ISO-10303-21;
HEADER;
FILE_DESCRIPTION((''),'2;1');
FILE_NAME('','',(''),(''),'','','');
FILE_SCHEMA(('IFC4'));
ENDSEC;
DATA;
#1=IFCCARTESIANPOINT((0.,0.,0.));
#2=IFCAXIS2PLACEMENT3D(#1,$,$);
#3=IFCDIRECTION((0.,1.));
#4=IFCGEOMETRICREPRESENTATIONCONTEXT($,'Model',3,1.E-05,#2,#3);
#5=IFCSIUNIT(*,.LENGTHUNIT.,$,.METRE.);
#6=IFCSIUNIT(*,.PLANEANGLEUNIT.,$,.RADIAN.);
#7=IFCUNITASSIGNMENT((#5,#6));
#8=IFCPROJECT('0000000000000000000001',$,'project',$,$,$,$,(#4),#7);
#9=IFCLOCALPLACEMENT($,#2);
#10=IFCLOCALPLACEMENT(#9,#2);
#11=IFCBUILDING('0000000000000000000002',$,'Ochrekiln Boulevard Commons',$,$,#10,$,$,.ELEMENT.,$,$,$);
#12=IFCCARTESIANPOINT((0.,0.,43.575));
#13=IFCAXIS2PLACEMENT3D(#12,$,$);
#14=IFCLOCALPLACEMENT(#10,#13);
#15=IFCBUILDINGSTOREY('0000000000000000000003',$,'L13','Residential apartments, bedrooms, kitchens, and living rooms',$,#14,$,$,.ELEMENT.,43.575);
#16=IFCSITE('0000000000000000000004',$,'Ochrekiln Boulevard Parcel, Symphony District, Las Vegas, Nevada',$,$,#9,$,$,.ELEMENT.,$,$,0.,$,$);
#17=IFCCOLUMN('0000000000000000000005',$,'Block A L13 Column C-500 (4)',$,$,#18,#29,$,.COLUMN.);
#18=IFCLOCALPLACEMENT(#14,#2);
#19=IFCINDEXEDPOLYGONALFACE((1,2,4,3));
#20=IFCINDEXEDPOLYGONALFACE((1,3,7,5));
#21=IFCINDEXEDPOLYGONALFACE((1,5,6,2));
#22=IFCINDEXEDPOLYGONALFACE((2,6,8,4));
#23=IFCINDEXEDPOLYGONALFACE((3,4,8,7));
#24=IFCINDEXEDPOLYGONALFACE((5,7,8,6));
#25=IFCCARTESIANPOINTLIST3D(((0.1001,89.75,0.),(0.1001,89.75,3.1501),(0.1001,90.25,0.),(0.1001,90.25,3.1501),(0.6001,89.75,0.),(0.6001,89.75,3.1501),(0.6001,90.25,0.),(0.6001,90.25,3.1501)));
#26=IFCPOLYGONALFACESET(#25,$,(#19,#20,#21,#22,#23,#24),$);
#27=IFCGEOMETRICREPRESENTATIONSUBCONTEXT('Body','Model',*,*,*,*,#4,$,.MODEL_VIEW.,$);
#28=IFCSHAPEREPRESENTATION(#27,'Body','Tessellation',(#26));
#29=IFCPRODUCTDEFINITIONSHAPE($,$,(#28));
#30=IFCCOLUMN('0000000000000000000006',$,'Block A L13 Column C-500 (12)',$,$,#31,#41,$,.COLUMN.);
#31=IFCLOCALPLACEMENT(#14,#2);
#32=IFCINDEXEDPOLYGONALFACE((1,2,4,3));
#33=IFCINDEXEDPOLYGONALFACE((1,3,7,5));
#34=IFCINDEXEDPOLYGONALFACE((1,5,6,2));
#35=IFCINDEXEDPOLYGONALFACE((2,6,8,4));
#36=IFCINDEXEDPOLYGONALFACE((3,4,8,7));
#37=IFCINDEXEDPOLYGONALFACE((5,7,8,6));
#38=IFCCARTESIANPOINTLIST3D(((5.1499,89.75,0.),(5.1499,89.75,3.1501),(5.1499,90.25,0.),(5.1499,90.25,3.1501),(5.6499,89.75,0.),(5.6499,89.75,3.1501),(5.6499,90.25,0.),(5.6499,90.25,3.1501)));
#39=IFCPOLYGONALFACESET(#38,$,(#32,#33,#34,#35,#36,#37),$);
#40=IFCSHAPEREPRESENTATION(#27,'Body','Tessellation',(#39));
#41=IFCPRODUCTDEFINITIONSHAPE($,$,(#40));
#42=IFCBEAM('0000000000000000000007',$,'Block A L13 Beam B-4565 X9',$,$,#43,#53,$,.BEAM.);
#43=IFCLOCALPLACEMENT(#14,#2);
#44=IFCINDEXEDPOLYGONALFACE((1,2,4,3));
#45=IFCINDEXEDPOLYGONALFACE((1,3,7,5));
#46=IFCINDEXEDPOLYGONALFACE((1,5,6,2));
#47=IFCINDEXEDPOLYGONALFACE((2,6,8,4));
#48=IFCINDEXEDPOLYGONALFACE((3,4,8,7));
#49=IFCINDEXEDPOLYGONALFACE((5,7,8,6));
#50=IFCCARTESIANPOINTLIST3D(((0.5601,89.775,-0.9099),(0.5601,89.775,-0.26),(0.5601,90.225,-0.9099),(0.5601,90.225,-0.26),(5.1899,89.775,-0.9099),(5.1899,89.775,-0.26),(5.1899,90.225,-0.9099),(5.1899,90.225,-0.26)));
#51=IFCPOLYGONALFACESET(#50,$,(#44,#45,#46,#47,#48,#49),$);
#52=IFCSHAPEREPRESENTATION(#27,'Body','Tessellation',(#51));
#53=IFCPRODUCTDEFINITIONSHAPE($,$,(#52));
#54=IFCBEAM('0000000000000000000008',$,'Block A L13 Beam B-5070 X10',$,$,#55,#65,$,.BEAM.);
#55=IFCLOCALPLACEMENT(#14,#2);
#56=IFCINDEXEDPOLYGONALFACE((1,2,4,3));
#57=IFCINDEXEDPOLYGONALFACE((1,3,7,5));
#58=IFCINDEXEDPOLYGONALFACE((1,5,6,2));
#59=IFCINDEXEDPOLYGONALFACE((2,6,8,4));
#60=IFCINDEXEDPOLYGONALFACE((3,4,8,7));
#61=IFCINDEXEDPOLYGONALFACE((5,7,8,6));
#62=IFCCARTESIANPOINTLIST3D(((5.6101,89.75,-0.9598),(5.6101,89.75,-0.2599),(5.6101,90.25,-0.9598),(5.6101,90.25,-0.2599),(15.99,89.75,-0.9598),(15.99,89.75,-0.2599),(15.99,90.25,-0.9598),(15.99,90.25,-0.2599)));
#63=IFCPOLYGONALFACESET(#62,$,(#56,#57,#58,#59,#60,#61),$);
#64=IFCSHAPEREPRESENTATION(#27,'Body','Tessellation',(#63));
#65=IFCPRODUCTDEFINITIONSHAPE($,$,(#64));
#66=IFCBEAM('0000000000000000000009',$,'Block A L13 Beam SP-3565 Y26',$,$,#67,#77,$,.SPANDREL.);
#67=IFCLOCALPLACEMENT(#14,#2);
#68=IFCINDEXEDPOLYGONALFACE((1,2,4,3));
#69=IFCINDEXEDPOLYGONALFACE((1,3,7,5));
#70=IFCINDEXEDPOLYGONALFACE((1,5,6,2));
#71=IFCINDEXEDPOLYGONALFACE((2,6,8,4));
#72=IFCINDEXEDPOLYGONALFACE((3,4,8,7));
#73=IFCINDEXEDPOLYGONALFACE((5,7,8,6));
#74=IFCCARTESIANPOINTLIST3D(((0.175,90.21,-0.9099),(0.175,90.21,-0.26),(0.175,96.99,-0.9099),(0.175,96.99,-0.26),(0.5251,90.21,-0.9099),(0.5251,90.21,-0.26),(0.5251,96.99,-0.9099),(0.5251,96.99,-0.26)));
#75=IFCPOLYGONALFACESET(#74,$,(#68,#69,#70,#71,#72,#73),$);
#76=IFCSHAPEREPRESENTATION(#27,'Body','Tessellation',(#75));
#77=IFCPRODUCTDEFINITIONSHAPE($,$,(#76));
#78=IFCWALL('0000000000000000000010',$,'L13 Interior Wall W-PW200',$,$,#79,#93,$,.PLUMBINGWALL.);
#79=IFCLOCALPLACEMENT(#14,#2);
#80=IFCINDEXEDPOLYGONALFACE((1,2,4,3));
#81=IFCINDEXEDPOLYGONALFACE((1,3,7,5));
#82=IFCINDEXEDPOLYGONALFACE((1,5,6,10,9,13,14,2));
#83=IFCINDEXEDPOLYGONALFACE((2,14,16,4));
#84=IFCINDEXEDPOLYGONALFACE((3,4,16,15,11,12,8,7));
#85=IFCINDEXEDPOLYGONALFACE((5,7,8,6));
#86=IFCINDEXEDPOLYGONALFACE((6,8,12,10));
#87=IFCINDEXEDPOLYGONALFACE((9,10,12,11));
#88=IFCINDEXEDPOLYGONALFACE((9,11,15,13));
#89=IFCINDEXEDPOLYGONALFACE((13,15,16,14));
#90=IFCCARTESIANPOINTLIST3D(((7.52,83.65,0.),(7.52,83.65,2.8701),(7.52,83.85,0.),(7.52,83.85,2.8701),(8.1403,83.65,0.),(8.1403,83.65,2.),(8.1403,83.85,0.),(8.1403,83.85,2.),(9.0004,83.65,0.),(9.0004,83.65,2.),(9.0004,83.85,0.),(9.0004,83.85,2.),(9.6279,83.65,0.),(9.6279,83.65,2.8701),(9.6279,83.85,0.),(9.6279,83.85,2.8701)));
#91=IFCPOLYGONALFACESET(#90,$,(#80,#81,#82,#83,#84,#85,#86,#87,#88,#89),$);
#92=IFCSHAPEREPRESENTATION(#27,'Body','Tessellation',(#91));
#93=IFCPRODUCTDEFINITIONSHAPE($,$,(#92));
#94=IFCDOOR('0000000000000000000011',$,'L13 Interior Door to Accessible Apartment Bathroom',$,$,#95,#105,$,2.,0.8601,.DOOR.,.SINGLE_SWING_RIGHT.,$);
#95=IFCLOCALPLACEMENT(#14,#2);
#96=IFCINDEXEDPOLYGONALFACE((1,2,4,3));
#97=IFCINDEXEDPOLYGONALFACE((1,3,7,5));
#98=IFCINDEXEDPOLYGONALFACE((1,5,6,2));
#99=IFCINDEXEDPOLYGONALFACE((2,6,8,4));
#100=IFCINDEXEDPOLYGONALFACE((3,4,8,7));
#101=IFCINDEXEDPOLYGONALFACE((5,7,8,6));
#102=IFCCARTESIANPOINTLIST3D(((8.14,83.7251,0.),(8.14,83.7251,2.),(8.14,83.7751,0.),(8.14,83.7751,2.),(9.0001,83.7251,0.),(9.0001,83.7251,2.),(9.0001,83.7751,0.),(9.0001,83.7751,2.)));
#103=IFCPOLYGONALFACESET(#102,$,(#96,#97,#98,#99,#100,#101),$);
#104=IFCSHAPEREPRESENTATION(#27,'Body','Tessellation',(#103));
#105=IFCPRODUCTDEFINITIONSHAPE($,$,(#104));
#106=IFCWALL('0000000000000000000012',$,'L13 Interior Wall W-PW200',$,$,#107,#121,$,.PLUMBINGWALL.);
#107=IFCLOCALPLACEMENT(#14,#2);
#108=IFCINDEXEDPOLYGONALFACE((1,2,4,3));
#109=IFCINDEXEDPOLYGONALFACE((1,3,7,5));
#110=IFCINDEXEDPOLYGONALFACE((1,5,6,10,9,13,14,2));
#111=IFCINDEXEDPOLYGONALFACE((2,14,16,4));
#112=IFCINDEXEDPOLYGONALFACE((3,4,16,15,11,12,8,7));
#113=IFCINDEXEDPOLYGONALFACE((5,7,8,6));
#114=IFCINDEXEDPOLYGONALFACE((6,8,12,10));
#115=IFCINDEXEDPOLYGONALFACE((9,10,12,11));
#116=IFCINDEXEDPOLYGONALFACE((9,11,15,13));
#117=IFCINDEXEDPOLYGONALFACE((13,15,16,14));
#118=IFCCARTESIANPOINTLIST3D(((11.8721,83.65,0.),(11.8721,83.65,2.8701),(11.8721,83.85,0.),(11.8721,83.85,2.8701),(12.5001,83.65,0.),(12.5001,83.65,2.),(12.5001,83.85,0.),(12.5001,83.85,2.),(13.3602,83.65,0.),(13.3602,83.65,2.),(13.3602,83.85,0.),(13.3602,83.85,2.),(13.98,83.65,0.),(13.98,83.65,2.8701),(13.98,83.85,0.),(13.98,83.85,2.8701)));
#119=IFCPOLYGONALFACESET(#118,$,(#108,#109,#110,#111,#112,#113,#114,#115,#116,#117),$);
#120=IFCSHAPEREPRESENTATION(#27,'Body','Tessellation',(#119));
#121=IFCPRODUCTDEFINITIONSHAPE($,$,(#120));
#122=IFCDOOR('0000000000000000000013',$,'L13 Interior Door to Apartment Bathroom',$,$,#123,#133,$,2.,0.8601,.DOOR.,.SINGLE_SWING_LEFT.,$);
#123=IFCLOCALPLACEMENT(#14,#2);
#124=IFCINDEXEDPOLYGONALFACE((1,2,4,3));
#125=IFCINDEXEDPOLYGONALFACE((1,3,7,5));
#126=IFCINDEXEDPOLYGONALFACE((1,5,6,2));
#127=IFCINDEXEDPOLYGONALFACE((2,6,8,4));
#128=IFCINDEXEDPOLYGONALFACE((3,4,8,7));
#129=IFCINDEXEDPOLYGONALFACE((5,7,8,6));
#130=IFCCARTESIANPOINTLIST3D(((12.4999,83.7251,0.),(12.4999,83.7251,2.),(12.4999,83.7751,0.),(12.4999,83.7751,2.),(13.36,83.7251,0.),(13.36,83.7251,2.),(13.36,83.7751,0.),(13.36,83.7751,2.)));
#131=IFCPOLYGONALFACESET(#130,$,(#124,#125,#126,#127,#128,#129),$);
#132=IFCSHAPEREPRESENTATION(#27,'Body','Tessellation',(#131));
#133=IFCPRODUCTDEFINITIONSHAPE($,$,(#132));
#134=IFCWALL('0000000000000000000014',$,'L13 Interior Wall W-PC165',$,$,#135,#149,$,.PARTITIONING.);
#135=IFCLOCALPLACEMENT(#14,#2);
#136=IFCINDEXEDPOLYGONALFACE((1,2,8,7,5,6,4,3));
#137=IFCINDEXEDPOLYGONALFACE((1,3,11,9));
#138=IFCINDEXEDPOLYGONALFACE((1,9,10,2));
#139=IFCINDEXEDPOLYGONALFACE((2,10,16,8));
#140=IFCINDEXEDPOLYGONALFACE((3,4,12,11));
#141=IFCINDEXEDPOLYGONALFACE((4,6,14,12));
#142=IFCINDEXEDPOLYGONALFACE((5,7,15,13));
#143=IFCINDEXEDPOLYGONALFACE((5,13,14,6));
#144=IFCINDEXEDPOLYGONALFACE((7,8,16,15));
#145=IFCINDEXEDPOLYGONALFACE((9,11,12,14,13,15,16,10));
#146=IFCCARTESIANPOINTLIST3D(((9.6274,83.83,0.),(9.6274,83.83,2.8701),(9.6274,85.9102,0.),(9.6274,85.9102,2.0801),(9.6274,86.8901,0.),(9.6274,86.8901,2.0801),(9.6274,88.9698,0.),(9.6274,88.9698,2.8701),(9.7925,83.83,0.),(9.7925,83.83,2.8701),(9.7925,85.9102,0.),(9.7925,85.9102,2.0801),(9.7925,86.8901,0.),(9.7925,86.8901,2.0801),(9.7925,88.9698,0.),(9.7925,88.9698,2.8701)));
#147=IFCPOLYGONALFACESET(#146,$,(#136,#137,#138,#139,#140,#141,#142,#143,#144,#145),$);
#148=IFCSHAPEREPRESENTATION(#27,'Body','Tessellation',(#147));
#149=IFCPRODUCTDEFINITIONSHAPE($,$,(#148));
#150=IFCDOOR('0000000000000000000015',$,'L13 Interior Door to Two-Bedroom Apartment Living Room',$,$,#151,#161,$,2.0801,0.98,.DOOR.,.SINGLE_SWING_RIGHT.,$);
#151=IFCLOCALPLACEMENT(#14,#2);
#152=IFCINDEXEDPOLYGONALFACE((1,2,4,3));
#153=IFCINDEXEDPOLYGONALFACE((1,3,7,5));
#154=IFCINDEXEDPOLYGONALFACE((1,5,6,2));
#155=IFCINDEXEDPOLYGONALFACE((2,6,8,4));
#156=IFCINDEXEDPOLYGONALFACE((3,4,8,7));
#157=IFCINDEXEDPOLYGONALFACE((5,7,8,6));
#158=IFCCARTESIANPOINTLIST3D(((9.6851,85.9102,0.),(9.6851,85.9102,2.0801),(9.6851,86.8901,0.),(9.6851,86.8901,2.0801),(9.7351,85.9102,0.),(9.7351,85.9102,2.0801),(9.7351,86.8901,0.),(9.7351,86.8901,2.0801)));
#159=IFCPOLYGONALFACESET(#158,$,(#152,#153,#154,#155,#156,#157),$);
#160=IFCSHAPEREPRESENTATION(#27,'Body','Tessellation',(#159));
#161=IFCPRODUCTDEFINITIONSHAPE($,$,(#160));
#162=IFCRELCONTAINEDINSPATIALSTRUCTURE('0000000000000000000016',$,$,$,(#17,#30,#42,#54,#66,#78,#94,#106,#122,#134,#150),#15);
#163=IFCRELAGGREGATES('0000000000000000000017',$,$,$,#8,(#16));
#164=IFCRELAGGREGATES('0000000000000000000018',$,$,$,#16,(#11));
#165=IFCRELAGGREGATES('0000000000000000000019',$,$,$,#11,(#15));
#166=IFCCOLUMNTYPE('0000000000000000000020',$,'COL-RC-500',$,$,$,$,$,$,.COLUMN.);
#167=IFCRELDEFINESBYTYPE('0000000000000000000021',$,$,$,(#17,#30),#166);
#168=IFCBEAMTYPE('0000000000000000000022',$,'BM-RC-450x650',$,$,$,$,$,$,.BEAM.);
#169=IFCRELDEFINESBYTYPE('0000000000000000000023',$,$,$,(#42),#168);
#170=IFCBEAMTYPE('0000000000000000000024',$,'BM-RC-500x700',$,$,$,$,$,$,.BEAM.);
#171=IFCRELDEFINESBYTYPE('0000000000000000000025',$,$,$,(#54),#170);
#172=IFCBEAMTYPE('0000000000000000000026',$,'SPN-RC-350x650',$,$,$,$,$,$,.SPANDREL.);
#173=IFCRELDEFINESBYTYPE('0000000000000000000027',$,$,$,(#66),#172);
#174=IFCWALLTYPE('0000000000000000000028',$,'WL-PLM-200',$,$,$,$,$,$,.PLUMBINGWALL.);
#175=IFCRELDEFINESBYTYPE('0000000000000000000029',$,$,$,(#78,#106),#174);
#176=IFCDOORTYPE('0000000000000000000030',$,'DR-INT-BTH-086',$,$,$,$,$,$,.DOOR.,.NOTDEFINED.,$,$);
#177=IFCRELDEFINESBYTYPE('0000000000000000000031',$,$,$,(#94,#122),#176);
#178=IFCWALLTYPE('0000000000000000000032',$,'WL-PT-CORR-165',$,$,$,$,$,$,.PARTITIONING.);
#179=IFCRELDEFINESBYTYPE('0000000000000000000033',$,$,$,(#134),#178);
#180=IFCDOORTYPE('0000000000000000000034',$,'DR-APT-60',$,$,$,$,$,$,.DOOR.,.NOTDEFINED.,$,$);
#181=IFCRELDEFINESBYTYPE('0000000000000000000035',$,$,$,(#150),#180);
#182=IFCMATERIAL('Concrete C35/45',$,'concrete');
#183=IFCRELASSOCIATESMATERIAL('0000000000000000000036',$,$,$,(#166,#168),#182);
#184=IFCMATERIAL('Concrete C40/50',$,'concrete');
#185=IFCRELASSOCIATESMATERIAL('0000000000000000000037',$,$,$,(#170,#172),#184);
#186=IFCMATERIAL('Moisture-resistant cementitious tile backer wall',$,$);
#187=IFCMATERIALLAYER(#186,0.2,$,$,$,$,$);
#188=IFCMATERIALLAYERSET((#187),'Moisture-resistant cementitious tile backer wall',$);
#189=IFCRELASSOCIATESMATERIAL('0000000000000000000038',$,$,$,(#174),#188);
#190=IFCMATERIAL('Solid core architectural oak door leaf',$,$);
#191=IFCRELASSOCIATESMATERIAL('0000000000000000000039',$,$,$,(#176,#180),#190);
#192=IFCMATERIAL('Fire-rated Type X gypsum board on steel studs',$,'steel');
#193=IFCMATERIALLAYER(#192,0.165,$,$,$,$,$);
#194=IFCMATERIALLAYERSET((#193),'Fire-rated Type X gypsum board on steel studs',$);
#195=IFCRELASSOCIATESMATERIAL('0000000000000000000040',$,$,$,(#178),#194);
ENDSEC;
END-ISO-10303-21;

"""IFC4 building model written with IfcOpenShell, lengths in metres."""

from ifc_helpers import new_model, si_unit, direction, frame, frame_2d, origin, origin_2d, place, context, subcontext, project, spatial, rectangle, extrude, material, layer, layer_set, material_profile, profile_set, type_object, element, fill, save


model = new_model("IFC4")

# Units and contexts
model_context = context("Model", 3, precision=1e-05, world=origin(), true_north=direction((0.0, 1.0)))
body_context = subcontext(model_context, "Body", "Model", "MODEL_VIEW")
ifc_project = project(units=[si_unit("LENGTHUNIT", "METRE"), si_unit("PLANEANGLEUNIT", "RADIAN")], contexts=[model_context])

# Site, building, storey
site_placement = place(None, origin())
site = spatial("IfcSite", under=ifc_project, at=site_placement, Name="Ochrekiln Boulevard Parcel, Symphony District, Las Vegas, Nevada", CompositionType="ELEMENT", RefElevation=0.0)
building_placement = place(site_placement, origin())
building = spatial("IfcBuilding", under=site, at=building_placement, Name="Ochrekiln Boulevard Commons", CompositionType="ELEMENT")
storey_placement = place(building_placement, frame((0.0, 0.0, 43.575)))
storey = spatial("IfcBuildingStorey", under=building, at=storey_placement, Name="L13", Description="Residential apartments, bedrooms, kitchens, and living rooms", CompositionType="ELEMENT", Elevation=43.575)

# Columns
ifc_material_1 = material(Name="Concrete C35/45", Category="concrete")
ifc_material_profile_1 = material_profile(ifc_material_1, rectangle(XDim=0.5, YDim=0.5, at=origin_2d()), Name="RC-COL-500x500")
ifc_profile_set_1 = profile_set([ifc_material_profile_1], Name="Concrete C35/45")
column_type = type_object("IfcColumnType", Name="COL-RC-500", PredefinedType="COLUMN", material=ifc_profile_set_1)
for number, where, z_axis, x_axis, name in (
    (1, (0.3501, 90.0, 0.0), (0.0, 0.0, 1.0), (1.0, 0.0, 0.0), "Block A L13 Column C-500 (4)"),
    (2, (5.3999, 90.0, 0.0), (0.0, 0.0, 1.0), (1.0, 0.0, 0.0), "Block A L13 Column C-500 (12)"),
):
    element("IfcColumn", number, at=place(storey_placement, frame(where, z_axis=z_axis, x_axis=x_axis)), inside=storey, type_object=column_type, Name=name, PredefinedType="COLUMN", context=body_context, shape_type="SweptSolid", body=[
        extrude(rectangle(XDim=0.5, YDim=0.5, at=origin_2d()), origin(), (0.0, 0.0, 1.0), 3.1501),
    ])

# Beams
ifc_material_profile_2 = material_profile(ifc_material_1, rectangle(XDim=0.45, YDim=0.6499, at=origin_2d()), Name="RC-BM-450x650")
ifc_profile_set_2 = profile_set([ifc_material_profile_2], Name="Concrete C35/45")
beam_type_1 = type_object("IfcBeamType", Name="BM-RC-450x650", PredefinedType="BEAM", material=ifc_profile_set_2)
beam_1_placement = place(storey_placement, frame((0.5601, 90.0, -0.585), z_axis=(1.0, 0.0, 0.0), x_axis=(0.0, 1.0, 0.0)))
element("IfcBeam", 3, at=beam_1_placement, inside=storey, type_object=beam_type_1, Name="Block A L13 Beam B-4565 X9", PredefinedType="BEAM", context=body_context, shape_type="SweptSolid", body=[
    extrude(rectangle(XDim=0.45, YDim=0.6499, at=origin_2d()), origin(), (0.0, 0.0, 1.0), 4.6299),
])
ifc_material_2 = material(Name="Concrete C40/50", Category="concrete")
ifc_material_profile_3 = material_profile(ifc_material_2, rectangle(XDim=0.5, YDim=0.7, at=origin_2d()), Name="RC-BM-500x700")
ifc_profile_set_3 = profile_set([ifc_material_profile_3], Name="Concrete C40/50")
beam_type_2 = type_object("IfcBeamType", Name="BM-RC-500x700", PredefinedType="BEAM", material=ifc_profile_set_3)
beam_2_placement = place(storey_placement, frame((5.6101, 90.0, -0.6099), z_axis=(1.0, 0.0, 0.0), x_axis=(0.0, 1.0, 0.0)))
element("IfcBeam", 4, at=beam_2_placement, inside=storey, type_object=beam_type_2, Name="Block A L13 Beam B-5070 X10", PredefinedType="BEAM", context=body_context, shape_type="SweptSolid", body=[
    extrude(rectangle(XDim=0.5, YDim=0.7, at=origin_2d()), origin(), (0.0, 0.0, 1.0), 10.3799),
])
ifc_material_profile_4 = material_profile(ifc_material_2, rectangle(XDim=0.3501, YDim=0.6499, at=origin_2d()), Name="RC-SPN-350x650")
ifc_profile_set_4 = profile_set([ifc_material_profile_4], Name="Concrete C40/50")
beam_type_3 = type_object("IfcBeamType", Name="SPN-RC-350x650", PredefinedType="SPANDREL", material=ifc_profile_set_4)
beam_3_placement = place(storey_placement, frame((0.3501, 90.21, -0.585), z_axis=(0.0, 1.0, 0.0), x_axis=(-1.0, 0.0, 0.0)))
element("IfcBeam", 5, at=beam_3_placement, inside=storey, type_object=beam_type_3, Name="Block A L13 Beam SP-3565 Y26", PredefinedType="SPANDREL", context=body_context, shape_type="SweptSolid", body=[
    extrude(rectangle(XDim=0.3501, YDim=0.6499, at=origin_2d()), origin(), (0.0, 0.0, 1.0), 6.78),
])

# Walls, openings, doors
ifc_material_3 = material(Name="Moisture-resistant cementitious tile backer wall")
ifc_layer_1 = layer(ifc_material_3, 0.2)
ifc_layer_set_1 = layer_set([ifc_layer_1], Name="Moisture-resistant cementitious tile backer wall")
wall_type_1 = type_object("IfcWallType", Name="WL-PLM-200", PredefinedType="PLUMBINGWALL", material=ifc_layer_set_1)
wall_1_placement = place(storey_placement, frame((7.52, 83.75, 0.0), z_axis=(0.0, 0.0, 1.0), x_axis=(1.0, 0.0, 0.0)))
wall_1 = element("IfcWall", 6, at=wall_1_placement, inside=storey, type_object=wall_type_1, Name="L13 Interior Wall W-PW200", PredefinedType="PLUMBINGWALL", context=body_context, shape_type="SweptSolid", body=[
    extrude(rectangle(XDim=2.1079, YDim=0.2, at=frame_2d((1.054, 0.0))), origin(), (0.0, 0.0, 1.0), 2.8701),
])
opening_1_placement = place(wall_1_placement, frame((0.6201, 0.0, 0.0)))
opening_1 = element("IfcOpeningElement", 7, at=opening_1_placement, cuts=wall_1, PredefinedType="OPENING", context=body_context, shape_type="SweptSolid", body=[
    extrude(rectangle(XDim=0.8601, YDim=2.0, at=frame_2d((0.4302, 1.0))), frame((0.0, 0.1099, 0.0), z_axis=(0.0, -1.0, 0.0), x_axis=(1.0, 0.0, 0.0)), (0.0, 0.0, 1.0), 0.22),
])
ifc_material_4 = material(Name="Solid core architectural oak door leaf")
door_type_1 = type_object("IfcDoorType", Name="DR-INT-BTH-086", OperationType="NOTDEFINED", PredefinedType="DOOR", material=ifc_material_4)
door_1_placement = place(opening_1_placement, frame((0.8601, 0.0, 0.0), z_axis=(0.0, 0.0, 1.0), x_axis=(-1.0, 0.0, 0.0)))
door_1 = element("IfcDoor", 8, at=door_1_placement, inside=storey, type_object=door_type_1, Name="L13 Interior Door to Accessible Apartment Bathroom", OperationType="SINGLE_SWING_RIGHT", OverallHeight=2.0, OverallWidth=0.8601, PredefinedType="DOOR", context=body_context, shape_type="SweptSolid", body=[
    extrude(rectangle(XDim=0.8601, YDim=2.0, at=frame_2d((0.4302, 1.0))), frame((0.0, 0.0249, 0.0), z_axis=(0.0, -1.0, 0.0), x_axis=(1.0, 0.0, 0.0)), (0.0, 0.0, 1.0), 0.05),
])
fill(opening_1, door_1)
wall_2_placement = place(storey_placement, frame((11.8721, 83.75, 0.0), z_axis=(0.0, 0.0, 1.0), x_axis=(1.0, 0.0, 0.0)))
wall_2 = element("IfcWall", 9, at=wall_2_placement, inside=storey, type_object=wall_type_1, Name="L13 Interior Wall W-PW200", PredefinedType="PLUMBINGWALL", context=body_context, shape_type="SweptSolid", body=[
    extrude(rectangle(XDim=2.1079, YDim=0.2, at=frame_2d((1.054, 0.0))), origin(), (0.0, 0.0, 1.0), 2.8701),
])
opening_2_placement = place(wall_2_placement, frame((0.6279, 0.0, 0.0)))
opening_2 = element("IfcOpeningElement", 10, at=opening_2_placement, cuts=wall_2, PredefinedType="OPENING", context=body_context, shape_type="SweptSolid", body=[
    extrude(rectangle(XDim=0.8601, YDim=2.0, at=frame_2d((0.4302, 1.0))), frame((0.0, 0.1099, 0.0), z_axis=(0.0, -1.0, 0.0), x_axis=(1.0, 0.0, 0.0)), (0.0, 0.0, 1.0), 0.22),
])
door_2_placement = place(opening_2_placement, frame((0.8601, 0.0, 0.0), z_axis=(0.0, 0.0, 1.0), x_axis=(-1.0, 0.0, 0.0)))
door_2 = element("IfcDoor", 11, at=door_2_placement, inside=storey, type_object=door_type_1, Name="L13 Interior Door to Apartment Bathroom", OperationType="SINGLE_SWING_LEFT", OverallHeight=2.0, OverallWidth=0.8601, PredefinedType="DOOR", context=body_context, shape_type="SweptSolid", body=[
    extrude(rectangle(XDim=0.8601, YDim=2.0, at=frame_2d((0.4302, 1.0))), frame((0.0, 0.0249, 0.0), z_axis=(0.0, -1.0, 0.0), x_axis=(1.0, 0.0, 0.0)), (0.0, 0.0, 1.0), 0.05),
])
fill(opening_2, door_2)
ifc_material_5 = material(Name="Fire-rated Type X gypsum board on steel studs", Category="steel")
ifc_layer_2 = layer(ifc_material_5, 0.165)
ifc_layer_set_2 = layer_set([ifc_layer_2], Name="Fire-rated Type X gypsum board on steel studs")
wall_type_2 = type_object("IfcWallType", Name="WL-PT-CORR-165", PredefinedType="PARTITIONING", material=ifc_layer_set_2)
wall_3_placement = place(storey_placement, frame((9.71, 83.8301, 0.0), z_axis=(0.0, 0.0, 1.0), x_axis=(0.0, 1.0, 0.0)))
wall_3 = element("IfcWall", 12, at=wall_3_placement, inside=storey, type_object=wall_type_2, Name="L13 Interior Wall W-PC165", PredefinedType="PARTITIONING", context=body_context, shape_type="SweptSolid", body=[
    extrude(rectangle(XDim=5.1399, YDim=0.165, at=frame_2d((2.5698, 0.0))), origin(), (0.0, 0.0, 1.0), 2.8701),
])
opening_3_placement = place(wall_3_placement, frame((2.0801, 0.0, 0.0)))
opening_3 = element("IfcOpeningElement", 13, at=opening_3_placement, cuts=wall_3, PredefinedType="OPENING", context=body_context, shape_type="SweptSolid", body=[
    extrude(rectangle(XDim=0.98, YDim=2.0801, at=frame_2d((0.49, 1.04))), frame((0.0, 0.0925, 0.0), z_axis=(0.0, -1.0, 0.0), x_axis=(1.0, 0.0, 0.0)), (0.0, 0.0, 1.0), 0.1851),
])
door_type_2 = type_object("IfcDoorType", Name="DR-APT-60", OperationType="NOTDEFINED", PredefinedType="DOOR", material=ifc_material_4)
door_3_placement = place(opening_3_placement, origin())
door_3 = element("IfcDoor", 14, at=door_3_placement, inside=storey, type_object=door_type_2, Name="L13 Interior Door to Two-Bedroom Apartment Living Room", OperationType="SINGLE_SWING_RIGHT", OverallHeight=2.0801, OverallWidth=0.98, PredefinedType="DOOR", context=body_context, shape_type="SweptSolid", body=[
    extrude(rectangle(XDim=0.98, YDim=2.0801, at=frame_2d((0.49, 1.04))), frame((0.0, 0.0249, 0.0), z_axis=(0.0, -1.0, 0.0), x_axis=(1.0, 0.0, 0.0)), (0.0, 0.0, 1.0), 0.05),
])
fill(opening_3, door_3)

save(model, "model.ifc")
